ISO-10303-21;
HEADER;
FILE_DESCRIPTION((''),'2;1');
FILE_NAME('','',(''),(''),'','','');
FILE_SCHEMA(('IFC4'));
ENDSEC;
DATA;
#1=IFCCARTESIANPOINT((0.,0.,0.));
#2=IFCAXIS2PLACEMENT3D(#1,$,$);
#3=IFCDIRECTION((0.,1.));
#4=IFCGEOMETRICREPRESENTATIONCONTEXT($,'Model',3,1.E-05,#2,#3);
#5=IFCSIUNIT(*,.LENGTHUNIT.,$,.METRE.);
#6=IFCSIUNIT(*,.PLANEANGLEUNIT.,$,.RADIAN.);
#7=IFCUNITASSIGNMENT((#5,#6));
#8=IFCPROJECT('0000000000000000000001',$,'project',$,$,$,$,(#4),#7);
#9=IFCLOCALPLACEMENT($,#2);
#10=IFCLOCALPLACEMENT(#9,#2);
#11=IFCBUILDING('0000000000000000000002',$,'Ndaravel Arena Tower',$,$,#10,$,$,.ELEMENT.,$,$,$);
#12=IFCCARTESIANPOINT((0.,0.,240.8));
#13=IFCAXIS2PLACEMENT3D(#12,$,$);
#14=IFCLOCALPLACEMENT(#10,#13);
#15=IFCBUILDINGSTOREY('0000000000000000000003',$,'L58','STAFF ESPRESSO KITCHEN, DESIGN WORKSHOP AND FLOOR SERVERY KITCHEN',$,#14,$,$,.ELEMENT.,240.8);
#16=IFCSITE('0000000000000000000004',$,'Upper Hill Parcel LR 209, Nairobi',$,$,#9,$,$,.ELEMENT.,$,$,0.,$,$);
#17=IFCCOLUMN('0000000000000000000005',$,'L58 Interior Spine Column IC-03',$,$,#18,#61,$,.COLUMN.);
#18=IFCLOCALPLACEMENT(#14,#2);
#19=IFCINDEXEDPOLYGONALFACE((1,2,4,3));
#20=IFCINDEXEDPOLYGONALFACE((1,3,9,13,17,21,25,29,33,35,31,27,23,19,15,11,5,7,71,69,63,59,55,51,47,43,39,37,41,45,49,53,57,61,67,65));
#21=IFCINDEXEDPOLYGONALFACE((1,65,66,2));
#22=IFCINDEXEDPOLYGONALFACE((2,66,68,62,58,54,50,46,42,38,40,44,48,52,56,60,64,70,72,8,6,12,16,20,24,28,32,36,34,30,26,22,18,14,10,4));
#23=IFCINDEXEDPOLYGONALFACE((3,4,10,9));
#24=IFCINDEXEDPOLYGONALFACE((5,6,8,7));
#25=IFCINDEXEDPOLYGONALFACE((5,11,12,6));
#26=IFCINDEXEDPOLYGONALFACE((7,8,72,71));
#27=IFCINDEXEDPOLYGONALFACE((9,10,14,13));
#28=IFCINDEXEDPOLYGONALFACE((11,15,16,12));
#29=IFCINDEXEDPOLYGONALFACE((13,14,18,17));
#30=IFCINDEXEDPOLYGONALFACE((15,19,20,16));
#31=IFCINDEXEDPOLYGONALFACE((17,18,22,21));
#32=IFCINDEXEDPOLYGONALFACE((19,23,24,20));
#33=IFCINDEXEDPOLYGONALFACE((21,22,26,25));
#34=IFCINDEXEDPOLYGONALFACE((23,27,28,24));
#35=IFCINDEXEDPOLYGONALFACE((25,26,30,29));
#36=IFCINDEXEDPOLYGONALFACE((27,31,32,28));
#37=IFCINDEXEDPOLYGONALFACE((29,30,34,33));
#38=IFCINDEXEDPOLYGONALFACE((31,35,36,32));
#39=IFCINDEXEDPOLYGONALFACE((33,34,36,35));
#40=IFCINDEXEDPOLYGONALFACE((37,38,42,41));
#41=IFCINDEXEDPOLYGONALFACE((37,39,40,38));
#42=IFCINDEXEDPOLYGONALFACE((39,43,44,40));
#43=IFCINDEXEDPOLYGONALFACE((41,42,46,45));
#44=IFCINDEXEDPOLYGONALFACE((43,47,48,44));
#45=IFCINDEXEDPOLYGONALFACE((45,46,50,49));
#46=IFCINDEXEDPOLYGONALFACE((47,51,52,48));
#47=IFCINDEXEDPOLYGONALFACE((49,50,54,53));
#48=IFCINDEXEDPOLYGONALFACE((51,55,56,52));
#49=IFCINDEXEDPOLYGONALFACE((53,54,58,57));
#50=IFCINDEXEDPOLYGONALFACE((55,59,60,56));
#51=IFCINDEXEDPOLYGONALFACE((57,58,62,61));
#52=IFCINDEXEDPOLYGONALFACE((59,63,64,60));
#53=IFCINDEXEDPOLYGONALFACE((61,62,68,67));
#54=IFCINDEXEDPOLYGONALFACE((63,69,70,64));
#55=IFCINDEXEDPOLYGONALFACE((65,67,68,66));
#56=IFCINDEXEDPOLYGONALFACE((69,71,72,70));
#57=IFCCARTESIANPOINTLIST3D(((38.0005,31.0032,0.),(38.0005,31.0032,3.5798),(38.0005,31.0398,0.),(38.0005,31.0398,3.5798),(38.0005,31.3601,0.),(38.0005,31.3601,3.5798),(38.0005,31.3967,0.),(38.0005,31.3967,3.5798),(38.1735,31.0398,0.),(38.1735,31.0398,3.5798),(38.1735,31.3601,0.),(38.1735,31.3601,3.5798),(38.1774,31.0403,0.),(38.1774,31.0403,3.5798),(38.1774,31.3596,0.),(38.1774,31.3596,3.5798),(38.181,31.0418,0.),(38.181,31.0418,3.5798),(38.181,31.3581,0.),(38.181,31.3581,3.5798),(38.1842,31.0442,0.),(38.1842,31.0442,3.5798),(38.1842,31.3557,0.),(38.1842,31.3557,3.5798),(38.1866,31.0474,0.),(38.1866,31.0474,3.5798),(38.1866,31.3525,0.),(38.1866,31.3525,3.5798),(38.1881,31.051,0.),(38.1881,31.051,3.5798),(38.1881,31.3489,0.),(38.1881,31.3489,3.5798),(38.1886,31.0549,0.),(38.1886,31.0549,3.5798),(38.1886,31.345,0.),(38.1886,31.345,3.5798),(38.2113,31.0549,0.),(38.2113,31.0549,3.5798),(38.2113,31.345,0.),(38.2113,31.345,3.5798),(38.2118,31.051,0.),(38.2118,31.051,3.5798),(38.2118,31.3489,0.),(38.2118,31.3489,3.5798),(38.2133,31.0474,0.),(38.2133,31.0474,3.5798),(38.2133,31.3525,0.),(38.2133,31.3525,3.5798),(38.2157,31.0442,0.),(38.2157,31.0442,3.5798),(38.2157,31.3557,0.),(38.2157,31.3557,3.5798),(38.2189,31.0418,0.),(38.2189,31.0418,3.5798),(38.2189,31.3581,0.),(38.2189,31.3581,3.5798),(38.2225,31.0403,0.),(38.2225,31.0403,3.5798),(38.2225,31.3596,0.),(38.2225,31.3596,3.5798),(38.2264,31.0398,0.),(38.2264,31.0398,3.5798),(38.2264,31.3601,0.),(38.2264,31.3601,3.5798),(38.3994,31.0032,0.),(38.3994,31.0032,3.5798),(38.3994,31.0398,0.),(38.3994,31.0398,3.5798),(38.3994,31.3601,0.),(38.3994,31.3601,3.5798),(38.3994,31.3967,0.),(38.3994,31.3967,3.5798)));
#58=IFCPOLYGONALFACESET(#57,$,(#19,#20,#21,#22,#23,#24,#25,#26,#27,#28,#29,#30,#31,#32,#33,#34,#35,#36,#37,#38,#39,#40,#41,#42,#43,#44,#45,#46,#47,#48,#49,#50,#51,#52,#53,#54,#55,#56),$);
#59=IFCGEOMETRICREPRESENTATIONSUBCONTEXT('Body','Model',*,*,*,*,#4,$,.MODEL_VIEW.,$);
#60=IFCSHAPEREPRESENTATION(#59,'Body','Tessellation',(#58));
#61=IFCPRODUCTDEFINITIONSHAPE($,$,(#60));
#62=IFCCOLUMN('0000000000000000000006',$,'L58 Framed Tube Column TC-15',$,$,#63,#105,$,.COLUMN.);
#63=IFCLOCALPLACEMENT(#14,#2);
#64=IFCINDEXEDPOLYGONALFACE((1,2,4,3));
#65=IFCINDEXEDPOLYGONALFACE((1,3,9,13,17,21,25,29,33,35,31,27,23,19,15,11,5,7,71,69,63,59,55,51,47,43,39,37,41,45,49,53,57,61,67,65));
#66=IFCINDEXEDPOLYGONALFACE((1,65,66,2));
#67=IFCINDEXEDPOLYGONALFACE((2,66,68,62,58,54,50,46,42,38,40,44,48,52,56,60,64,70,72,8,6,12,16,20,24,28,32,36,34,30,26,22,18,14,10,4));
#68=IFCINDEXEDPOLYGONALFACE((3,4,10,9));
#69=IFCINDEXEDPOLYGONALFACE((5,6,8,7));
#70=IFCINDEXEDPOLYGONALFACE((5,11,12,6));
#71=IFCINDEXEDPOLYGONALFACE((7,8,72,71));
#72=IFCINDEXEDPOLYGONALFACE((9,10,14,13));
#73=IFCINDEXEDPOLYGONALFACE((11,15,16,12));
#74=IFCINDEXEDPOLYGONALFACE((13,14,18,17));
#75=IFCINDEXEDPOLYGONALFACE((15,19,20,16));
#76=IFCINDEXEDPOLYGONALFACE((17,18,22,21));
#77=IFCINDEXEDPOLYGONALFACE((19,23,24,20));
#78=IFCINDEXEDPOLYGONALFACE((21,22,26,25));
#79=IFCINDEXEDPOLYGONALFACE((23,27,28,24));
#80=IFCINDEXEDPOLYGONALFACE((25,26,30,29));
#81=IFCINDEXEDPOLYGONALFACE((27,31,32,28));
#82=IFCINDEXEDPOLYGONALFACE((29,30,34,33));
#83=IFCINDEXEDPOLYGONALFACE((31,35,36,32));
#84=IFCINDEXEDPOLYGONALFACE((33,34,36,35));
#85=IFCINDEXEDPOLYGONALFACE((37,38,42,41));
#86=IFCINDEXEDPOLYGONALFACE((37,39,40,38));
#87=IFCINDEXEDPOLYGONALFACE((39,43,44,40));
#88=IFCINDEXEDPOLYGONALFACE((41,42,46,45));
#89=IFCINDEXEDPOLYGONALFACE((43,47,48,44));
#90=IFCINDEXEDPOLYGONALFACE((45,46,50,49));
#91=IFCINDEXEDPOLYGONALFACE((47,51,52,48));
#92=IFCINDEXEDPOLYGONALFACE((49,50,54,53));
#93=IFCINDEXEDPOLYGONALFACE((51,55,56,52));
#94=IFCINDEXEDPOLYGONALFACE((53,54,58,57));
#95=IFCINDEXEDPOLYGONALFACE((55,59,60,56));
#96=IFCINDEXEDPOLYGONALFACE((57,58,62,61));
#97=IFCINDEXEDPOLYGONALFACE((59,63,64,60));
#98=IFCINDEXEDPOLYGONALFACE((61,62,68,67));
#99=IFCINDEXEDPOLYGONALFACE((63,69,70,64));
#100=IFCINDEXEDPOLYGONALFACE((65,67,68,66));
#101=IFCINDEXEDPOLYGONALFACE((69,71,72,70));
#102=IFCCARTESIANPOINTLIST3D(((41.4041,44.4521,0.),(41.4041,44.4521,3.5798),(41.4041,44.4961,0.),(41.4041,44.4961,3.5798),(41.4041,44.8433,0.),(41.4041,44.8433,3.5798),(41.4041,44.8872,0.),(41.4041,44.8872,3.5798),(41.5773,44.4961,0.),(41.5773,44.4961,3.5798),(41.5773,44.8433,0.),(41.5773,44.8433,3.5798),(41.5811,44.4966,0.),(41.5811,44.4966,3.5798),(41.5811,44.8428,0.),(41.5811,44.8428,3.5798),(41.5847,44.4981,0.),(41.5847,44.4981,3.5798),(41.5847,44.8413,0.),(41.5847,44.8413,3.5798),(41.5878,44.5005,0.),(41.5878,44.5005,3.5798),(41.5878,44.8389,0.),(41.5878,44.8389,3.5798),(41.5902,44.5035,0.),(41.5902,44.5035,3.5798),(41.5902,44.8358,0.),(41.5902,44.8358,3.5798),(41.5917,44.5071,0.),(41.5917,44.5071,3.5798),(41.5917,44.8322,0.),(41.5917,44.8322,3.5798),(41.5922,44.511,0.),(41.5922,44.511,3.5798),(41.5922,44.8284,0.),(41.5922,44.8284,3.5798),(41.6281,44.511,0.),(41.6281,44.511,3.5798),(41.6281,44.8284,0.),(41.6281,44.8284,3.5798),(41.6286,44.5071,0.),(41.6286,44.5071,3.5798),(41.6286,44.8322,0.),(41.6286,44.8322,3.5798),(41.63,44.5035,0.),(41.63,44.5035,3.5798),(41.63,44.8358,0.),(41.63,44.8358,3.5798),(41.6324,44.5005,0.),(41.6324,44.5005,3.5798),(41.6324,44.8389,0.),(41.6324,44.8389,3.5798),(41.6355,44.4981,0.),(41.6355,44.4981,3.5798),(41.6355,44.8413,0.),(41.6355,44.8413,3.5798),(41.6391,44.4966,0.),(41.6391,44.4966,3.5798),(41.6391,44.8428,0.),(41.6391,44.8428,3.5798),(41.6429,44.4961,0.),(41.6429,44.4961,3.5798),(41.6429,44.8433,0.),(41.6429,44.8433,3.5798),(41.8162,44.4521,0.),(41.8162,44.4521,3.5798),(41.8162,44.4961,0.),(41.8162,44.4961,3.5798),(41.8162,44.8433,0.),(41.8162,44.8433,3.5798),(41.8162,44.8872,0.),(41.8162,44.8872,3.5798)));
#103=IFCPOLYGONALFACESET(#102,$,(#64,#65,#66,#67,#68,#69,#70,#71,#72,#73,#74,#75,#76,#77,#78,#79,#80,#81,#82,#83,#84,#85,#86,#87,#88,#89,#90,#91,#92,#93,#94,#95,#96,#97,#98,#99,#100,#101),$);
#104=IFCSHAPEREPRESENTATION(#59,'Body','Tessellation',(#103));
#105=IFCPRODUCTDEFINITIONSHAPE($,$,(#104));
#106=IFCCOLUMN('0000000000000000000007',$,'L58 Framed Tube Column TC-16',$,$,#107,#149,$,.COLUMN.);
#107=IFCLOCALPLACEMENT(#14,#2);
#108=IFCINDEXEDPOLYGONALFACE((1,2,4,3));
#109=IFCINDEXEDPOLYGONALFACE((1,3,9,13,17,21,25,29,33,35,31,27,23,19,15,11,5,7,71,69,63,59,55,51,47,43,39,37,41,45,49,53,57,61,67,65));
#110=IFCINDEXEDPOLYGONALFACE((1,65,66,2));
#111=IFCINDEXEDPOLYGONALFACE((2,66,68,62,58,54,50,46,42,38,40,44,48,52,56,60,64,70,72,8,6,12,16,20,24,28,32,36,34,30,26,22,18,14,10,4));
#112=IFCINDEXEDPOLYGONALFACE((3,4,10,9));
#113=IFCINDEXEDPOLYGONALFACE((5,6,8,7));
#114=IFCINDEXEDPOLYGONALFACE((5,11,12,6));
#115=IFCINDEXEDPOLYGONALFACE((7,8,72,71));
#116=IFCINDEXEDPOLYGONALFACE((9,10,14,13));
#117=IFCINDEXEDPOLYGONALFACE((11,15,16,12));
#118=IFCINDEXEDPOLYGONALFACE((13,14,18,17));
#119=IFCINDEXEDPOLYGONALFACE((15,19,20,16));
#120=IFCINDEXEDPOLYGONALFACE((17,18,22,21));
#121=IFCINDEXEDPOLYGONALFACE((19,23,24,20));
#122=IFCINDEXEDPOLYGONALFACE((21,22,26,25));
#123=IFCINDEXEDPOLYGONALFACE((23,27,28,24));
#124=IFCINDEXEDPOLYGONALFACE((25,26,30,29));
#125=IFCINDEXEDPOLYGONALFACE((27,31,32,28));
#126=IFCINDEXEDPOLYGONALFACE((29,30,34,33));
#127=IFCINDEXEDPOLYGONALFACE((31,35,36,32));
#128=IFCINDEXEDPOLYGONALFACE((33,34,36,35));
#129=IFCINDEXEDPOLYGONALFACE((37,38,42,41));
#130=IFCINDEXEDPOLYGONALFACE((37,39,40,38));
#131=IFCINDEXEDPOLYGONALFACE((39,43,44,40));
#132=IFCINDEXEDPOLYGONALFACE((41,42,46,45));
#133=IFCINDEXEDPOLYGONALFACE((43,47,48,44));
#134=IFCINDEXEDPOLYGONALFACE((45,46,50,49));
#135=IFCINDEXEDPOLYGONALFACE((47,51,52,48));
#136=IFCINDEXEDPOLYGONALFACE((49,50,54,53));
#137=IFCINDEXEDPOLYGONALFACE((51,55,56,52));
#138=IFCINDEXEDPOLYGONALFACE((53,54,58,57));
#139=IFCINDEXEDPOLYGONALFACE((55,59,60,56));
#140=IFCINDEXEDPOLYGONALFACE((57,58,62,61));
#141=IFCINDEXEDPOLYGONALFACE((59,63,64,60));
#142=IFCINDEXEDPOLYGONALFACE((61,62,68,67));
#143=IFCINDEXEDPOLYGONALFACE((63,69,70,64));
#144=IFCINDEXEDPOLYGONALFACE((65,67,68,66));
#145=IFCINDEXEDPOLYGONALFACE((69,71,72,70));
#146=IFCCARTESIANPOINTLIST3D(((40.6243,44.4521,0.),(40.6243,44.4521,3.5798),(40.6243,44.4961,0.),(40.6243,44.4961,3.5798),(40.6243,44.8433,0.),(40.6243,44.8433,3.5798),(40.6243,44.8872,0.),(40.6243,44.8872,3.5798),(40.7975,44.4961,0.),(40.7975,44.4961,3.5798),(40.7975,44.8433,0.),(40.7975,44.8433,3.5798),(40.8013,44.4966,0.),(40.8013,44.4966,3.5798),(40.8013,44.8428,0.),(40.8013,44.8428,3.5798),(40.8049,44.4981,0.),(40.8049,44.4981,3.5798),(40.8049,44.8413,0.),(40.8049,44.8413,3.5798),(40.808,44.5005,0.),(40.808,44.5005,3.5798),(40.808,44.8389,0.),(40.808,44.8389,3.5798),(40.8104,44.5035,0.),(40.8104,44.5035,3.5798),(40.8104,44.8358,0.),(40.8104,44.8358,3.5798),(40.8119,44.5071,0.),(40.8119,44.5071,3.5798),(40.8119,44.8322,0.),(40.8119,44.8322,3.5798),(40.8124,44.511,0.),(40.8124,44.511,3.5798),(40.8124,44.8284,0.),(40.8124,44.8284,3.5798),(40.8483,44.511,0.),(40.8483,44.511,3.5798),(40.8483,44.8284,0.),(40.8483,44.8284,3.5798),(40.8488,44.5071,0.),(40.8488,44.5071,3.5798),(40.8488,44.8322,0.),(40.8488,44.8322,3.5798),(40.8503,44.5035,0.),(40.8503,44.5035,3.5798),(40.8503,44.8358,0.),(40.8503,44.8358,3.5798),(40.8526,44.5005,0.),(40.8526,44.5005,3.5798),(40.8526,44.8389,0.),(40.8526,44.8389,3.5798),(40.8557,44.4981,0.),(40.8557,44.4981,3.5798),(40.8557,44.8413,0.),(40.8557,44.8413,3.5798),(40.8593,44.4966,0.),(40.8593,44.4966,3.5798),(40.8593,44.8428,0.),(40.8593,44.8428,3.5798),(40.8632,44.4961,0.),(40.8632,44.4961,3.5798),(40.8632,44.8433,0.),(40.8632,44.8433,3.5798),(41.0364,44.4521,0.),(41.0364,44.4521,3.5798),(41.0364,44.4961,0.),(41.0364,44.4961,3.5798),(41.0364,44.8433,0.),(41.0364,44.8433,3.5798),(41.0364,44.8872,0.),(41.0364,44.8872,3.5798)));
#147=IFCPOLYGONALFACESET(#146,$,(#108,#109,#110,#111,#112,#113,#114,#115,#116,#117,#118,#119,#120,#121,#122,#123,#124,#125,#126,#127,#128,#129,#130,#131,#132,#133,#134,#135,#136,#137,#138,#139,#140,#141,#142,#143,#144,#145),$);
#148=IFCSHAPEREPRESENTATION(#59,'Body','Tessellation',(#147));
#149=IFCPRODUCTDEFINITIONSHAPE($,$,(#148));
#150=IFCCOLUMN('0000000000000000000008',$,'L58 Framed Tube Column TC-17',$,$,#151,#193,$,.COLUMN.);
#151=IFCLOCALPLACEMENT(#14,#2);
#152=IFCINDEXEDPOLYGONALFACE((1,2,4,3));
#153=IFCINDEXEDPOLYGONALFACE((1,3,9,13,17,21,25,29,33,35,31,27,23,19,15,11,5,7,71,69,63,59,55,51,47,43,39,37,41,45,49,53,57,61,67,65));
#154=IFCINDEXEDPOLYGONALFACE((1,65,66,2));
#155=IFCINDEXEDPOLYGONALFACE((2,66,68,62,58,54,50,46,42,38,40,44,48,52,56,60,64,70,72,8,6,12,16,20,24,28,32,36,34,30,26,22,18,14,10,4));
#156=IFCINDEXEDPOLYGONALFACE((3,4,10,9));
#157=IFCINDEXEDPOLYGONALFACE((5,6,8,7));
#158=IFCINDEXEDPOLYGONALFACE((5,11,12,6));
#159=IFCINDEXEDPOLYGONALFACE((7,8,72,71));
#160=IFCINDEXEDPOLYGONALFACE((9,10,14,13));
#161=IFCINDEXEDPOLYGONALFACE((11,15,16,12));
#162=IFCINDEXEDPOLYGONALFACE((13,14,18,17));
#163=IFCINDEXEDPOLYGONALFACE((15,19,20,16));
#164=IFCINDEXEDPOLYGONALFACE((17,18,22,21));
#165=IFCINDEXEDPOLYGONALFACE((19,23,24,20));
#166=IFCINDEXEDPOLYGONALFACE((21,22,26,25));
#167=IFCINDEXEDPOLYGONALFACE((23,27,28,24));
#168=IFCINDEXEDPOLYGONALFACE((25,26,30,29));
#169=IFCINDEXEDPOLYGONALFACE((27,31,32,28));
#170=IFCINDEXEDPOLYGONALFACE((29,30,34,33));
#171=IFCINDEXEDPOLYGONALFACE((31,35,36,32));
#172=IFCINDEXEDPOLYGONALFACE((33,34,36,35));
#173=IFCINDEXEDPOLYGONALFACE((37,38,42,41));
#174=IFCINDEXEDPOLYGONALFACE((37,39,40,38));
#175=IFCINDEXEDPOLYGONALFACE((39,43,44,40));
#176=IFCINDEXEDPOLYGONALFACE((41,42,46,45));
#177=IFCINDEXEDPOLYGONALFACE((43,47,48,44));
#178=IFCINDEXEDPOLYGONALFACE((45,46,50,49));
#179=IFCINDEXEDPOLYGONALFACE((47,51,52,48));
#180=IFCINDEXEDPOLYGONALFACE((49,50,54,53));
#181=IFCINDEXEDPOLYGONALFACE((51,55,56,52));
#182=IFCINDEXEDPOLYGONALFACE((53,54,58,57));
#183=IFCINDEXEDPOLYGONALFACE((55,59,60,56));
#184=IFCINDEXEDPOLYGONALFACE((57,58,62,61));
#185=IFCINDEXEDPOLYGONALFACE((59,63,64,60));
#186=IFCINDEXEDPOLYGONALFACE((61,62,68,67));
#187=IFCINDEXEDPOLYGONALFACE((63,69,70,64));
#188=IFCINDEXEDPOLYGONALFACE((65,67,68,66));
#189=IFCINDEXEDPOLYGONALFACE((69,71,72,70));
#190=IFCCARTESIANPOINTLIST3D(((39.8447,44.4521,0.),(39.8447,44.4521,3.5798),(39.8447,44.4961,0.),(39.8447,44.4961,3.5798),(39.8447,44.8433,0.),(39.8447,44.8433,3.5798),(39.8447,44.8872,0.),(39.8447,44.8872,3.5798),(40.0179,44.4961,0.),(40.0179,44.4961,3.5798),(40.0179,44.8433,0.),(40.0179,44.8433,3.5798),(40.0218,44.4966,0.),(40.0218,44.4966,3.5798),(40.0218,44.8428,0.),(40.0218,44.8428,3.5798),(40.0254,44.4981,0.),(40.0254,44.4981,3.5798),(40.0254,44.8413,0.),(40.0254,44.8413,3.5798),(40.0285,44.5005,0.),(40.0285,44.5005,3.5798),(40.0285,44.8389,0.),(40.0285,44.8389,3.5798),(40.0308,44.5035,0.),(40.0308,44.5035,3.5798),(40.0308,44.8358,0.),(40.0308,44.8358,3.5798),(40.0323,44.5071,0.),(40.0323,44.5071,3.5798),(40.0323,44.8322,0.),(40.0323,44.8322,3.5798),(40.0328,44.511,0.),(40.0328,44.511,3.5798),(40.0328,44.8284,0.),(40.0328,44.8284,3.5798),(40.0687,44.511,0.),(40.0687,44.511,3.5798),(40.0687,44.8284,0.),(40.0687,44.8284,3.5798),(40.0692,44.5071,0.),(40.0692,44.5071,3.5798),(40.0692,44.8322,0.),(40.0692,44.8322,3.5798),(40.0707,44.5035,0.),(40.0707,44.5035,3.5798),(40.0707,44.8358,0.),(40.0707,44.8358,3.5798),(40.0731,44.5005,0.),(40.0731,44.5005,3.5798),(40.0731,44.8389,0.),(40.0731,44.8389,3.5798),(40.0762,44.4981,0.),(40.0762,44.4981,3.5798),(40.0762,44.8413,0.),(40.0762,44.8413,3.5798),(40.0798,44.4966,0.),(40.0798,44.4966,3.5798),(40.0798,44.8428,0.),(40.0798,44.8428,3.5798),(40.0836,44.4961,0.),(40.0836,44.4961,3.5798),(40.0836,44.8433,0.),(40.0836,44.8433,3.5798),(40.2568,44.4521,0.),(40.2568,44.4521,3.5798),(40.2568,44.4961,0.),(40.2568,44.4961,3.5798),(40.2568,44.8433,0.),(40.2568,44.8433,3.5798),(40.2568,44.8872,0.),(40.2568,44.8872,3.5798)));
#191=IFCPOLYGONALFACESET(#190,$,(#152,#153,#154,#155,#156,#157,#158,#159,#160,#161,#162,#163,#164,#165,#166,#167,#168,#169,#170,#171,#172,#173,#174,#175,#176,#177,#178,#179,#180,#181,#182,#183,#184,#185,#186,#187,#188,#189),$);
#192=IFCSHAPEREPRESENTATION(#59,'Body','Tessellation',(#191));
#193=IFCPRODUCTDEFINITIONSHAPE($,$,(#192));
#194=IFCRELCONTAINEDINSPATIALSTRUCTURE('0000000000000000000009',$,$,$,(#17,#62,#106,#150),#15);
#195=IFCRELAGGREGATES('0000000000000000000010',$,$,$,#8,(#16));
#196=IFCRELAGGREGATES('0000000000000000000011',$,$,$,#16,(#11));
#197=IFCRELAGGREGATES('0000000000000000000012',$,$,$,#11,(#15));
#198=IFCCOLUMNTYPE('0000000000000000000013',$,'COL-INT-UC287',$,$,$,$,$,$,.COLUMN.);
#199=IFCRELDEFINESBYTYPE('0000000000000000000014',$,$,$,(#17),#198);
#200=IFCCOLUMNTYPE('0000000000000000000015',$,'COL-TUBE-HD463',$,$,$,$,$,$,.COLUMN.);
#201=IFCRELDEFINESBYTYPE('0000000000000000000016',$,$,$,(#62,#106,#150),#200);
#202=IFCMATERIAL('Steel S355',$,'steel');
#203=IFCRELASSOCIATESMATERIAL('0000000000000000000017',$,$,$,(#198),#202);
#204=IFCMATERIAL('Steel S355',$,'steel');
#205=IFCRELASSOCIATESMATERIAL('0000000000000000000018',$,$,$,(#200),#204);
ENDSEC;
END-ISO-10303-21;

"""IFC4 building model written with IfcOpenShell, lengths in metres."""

from ifc_helpers import new_model, si_unit, direction, frame, origin, origin_2d, place, context, subcontext, project, spatial, i_section, extrude, material, material_profile, profile_set, type_object, element, save


model = new_model("IFC4")

# Units and contexts
model_context = context("Model", 3, precision=1e-05, world=origin(), true_north=direction((0.0, 1.0)))
body_context = subcontext(model_context, "Body", "Model", "MODEL_VIEW")
ifc_project = project(units=[si_unit("LENGTHUNIT", "METRE"), si_unit("PLANEANGLEUNIT", "RADIAN")], contexts=[model_context])

# Site, building, storey
site_placement = place(None, origin())
site = spatial("IfcSite", under=ifc_project, at=site_placement, Name="Upper Hill Parcel LR 209, Nairobi", CompositionType="ELEMENT", RefElevation=0.0)
building_placement = place(site_placement, origin())
building = spatial("IfcBuilding", under=site, at=building_placement, Name="Ndaravel Arena Tower", CompositionType="ELEMENT")
storey_placement = place(building_placement, frame((0.0, 0.0, 240.8)))
storey = spatial("IfcBuildingStorey", under=building, at=storey_placement, Name="L58", Description="STAFF ESPRESSO KITCHEN, DESIGN WORKSHOP AND FLOOR SERVERY KITCHEN", CompositionType="ELEMENT", Elevation=240.8)

# Columns
ifc_material_1 = material(Name="Steel S355", Category="steel")
ifc_material_profile_1 = material_profile(ifc_material_1, i_section(OverallWidth=0.3989, OverallDepth=0.3936, WebThickness=0.0227, FlangeThickness=0.0366, FilletRadius=0.0151, at=origin_2d()), Name="UC 356x406x287")
ifc_profile_set_1 = profile_set([ifc_material_profile_1], Name="Steel S355")
column_type_1 = type_object("IfcColumnType", Name="COL-INT-UC287", PredefinedType="COLUMN", material=ifc_profile_set_1)
column_placement = place(storey_placement, frame((38.2, 31.2, 0.0), z_axis=(0.0, 0.0, 1.0), x_axis=(1.0, 0.0, 0.0)))
element("IfcColumn", 1, at=column_placement, inside=storey, type_object=column_type_1, Name="L58 Interior Spine Column IC-03", PredefinedType="COLUMN", context=body_context, shape_type="SweptSolid", body=[
    extrude(i_section(OverallWidth=0.3989, OverallDepth=0.3936, WebThickness=0.0227, FlangeThickness=0.0366, FilletRadius=0.0151, at=origin_2d()), origin(), (0.0, 0.0, 1.0), 3.5798),
])
ifc_material_2 = material(Name="Steel S355", Category="steel")
ifc_material_profile_2 = material_profile(ifc_material_2, i_section(OverallWidth=0.4121, OverallDepth=0.4351, WebThickness=0.0359, FlangeThickness=0.0439, FilletRadius=0.0149, at=origin_2d()), Name="HD 400x463")
ifc_profile_set_2 = profile_set([ifc_material_profile_2], Name="Steel S355")
column_type_2 = type_object("IfcColumnType", Name="COL-TUBE-HD463", PredefinedType="COLUMN", material=ifc_profile_set_2)
for number, where, z_axis, x_axis, name in (
    (2, (41.6101, 44.6697, 0.0), (0.0, 0.0, 1.0), (1.0, 0.0, 0.0), "L58 Framed Tube Column TC-15"),
    (3, (40.8303, 44.6697, 0.0), (0.0, 0.0, 1.0), (1.0, 0.0, 0.0), "L58 Framed Tube Column TC-16"),
    (4, (40.0508, 44.6697, 0.0), (0.0, 0.0, 1.0), (1.0, 0.0, 0.0), "L58 Framed Tube Column TC-17"),
):
    element("IfcColumn", number, at=place(storey_placement, frame(where, z_axis=z_axis, x_axis=x_axis)), inside=storey, type_object=column_type_2, Name=name, PredefinedType="COLUMN", context=body_context, shape_type="SweptSolid", body=[
        extrude(i_section(OverallWidth=0.4121, OverallDepth=0.4351, WebThickness=0.0359, FlangeThickness=0.0439, FilletRadius=0.0149, at=origin_2d()), origin(), (0.0, 0.0, 1.0), 3.5798),
    ])

save(model, "model.ifc")
